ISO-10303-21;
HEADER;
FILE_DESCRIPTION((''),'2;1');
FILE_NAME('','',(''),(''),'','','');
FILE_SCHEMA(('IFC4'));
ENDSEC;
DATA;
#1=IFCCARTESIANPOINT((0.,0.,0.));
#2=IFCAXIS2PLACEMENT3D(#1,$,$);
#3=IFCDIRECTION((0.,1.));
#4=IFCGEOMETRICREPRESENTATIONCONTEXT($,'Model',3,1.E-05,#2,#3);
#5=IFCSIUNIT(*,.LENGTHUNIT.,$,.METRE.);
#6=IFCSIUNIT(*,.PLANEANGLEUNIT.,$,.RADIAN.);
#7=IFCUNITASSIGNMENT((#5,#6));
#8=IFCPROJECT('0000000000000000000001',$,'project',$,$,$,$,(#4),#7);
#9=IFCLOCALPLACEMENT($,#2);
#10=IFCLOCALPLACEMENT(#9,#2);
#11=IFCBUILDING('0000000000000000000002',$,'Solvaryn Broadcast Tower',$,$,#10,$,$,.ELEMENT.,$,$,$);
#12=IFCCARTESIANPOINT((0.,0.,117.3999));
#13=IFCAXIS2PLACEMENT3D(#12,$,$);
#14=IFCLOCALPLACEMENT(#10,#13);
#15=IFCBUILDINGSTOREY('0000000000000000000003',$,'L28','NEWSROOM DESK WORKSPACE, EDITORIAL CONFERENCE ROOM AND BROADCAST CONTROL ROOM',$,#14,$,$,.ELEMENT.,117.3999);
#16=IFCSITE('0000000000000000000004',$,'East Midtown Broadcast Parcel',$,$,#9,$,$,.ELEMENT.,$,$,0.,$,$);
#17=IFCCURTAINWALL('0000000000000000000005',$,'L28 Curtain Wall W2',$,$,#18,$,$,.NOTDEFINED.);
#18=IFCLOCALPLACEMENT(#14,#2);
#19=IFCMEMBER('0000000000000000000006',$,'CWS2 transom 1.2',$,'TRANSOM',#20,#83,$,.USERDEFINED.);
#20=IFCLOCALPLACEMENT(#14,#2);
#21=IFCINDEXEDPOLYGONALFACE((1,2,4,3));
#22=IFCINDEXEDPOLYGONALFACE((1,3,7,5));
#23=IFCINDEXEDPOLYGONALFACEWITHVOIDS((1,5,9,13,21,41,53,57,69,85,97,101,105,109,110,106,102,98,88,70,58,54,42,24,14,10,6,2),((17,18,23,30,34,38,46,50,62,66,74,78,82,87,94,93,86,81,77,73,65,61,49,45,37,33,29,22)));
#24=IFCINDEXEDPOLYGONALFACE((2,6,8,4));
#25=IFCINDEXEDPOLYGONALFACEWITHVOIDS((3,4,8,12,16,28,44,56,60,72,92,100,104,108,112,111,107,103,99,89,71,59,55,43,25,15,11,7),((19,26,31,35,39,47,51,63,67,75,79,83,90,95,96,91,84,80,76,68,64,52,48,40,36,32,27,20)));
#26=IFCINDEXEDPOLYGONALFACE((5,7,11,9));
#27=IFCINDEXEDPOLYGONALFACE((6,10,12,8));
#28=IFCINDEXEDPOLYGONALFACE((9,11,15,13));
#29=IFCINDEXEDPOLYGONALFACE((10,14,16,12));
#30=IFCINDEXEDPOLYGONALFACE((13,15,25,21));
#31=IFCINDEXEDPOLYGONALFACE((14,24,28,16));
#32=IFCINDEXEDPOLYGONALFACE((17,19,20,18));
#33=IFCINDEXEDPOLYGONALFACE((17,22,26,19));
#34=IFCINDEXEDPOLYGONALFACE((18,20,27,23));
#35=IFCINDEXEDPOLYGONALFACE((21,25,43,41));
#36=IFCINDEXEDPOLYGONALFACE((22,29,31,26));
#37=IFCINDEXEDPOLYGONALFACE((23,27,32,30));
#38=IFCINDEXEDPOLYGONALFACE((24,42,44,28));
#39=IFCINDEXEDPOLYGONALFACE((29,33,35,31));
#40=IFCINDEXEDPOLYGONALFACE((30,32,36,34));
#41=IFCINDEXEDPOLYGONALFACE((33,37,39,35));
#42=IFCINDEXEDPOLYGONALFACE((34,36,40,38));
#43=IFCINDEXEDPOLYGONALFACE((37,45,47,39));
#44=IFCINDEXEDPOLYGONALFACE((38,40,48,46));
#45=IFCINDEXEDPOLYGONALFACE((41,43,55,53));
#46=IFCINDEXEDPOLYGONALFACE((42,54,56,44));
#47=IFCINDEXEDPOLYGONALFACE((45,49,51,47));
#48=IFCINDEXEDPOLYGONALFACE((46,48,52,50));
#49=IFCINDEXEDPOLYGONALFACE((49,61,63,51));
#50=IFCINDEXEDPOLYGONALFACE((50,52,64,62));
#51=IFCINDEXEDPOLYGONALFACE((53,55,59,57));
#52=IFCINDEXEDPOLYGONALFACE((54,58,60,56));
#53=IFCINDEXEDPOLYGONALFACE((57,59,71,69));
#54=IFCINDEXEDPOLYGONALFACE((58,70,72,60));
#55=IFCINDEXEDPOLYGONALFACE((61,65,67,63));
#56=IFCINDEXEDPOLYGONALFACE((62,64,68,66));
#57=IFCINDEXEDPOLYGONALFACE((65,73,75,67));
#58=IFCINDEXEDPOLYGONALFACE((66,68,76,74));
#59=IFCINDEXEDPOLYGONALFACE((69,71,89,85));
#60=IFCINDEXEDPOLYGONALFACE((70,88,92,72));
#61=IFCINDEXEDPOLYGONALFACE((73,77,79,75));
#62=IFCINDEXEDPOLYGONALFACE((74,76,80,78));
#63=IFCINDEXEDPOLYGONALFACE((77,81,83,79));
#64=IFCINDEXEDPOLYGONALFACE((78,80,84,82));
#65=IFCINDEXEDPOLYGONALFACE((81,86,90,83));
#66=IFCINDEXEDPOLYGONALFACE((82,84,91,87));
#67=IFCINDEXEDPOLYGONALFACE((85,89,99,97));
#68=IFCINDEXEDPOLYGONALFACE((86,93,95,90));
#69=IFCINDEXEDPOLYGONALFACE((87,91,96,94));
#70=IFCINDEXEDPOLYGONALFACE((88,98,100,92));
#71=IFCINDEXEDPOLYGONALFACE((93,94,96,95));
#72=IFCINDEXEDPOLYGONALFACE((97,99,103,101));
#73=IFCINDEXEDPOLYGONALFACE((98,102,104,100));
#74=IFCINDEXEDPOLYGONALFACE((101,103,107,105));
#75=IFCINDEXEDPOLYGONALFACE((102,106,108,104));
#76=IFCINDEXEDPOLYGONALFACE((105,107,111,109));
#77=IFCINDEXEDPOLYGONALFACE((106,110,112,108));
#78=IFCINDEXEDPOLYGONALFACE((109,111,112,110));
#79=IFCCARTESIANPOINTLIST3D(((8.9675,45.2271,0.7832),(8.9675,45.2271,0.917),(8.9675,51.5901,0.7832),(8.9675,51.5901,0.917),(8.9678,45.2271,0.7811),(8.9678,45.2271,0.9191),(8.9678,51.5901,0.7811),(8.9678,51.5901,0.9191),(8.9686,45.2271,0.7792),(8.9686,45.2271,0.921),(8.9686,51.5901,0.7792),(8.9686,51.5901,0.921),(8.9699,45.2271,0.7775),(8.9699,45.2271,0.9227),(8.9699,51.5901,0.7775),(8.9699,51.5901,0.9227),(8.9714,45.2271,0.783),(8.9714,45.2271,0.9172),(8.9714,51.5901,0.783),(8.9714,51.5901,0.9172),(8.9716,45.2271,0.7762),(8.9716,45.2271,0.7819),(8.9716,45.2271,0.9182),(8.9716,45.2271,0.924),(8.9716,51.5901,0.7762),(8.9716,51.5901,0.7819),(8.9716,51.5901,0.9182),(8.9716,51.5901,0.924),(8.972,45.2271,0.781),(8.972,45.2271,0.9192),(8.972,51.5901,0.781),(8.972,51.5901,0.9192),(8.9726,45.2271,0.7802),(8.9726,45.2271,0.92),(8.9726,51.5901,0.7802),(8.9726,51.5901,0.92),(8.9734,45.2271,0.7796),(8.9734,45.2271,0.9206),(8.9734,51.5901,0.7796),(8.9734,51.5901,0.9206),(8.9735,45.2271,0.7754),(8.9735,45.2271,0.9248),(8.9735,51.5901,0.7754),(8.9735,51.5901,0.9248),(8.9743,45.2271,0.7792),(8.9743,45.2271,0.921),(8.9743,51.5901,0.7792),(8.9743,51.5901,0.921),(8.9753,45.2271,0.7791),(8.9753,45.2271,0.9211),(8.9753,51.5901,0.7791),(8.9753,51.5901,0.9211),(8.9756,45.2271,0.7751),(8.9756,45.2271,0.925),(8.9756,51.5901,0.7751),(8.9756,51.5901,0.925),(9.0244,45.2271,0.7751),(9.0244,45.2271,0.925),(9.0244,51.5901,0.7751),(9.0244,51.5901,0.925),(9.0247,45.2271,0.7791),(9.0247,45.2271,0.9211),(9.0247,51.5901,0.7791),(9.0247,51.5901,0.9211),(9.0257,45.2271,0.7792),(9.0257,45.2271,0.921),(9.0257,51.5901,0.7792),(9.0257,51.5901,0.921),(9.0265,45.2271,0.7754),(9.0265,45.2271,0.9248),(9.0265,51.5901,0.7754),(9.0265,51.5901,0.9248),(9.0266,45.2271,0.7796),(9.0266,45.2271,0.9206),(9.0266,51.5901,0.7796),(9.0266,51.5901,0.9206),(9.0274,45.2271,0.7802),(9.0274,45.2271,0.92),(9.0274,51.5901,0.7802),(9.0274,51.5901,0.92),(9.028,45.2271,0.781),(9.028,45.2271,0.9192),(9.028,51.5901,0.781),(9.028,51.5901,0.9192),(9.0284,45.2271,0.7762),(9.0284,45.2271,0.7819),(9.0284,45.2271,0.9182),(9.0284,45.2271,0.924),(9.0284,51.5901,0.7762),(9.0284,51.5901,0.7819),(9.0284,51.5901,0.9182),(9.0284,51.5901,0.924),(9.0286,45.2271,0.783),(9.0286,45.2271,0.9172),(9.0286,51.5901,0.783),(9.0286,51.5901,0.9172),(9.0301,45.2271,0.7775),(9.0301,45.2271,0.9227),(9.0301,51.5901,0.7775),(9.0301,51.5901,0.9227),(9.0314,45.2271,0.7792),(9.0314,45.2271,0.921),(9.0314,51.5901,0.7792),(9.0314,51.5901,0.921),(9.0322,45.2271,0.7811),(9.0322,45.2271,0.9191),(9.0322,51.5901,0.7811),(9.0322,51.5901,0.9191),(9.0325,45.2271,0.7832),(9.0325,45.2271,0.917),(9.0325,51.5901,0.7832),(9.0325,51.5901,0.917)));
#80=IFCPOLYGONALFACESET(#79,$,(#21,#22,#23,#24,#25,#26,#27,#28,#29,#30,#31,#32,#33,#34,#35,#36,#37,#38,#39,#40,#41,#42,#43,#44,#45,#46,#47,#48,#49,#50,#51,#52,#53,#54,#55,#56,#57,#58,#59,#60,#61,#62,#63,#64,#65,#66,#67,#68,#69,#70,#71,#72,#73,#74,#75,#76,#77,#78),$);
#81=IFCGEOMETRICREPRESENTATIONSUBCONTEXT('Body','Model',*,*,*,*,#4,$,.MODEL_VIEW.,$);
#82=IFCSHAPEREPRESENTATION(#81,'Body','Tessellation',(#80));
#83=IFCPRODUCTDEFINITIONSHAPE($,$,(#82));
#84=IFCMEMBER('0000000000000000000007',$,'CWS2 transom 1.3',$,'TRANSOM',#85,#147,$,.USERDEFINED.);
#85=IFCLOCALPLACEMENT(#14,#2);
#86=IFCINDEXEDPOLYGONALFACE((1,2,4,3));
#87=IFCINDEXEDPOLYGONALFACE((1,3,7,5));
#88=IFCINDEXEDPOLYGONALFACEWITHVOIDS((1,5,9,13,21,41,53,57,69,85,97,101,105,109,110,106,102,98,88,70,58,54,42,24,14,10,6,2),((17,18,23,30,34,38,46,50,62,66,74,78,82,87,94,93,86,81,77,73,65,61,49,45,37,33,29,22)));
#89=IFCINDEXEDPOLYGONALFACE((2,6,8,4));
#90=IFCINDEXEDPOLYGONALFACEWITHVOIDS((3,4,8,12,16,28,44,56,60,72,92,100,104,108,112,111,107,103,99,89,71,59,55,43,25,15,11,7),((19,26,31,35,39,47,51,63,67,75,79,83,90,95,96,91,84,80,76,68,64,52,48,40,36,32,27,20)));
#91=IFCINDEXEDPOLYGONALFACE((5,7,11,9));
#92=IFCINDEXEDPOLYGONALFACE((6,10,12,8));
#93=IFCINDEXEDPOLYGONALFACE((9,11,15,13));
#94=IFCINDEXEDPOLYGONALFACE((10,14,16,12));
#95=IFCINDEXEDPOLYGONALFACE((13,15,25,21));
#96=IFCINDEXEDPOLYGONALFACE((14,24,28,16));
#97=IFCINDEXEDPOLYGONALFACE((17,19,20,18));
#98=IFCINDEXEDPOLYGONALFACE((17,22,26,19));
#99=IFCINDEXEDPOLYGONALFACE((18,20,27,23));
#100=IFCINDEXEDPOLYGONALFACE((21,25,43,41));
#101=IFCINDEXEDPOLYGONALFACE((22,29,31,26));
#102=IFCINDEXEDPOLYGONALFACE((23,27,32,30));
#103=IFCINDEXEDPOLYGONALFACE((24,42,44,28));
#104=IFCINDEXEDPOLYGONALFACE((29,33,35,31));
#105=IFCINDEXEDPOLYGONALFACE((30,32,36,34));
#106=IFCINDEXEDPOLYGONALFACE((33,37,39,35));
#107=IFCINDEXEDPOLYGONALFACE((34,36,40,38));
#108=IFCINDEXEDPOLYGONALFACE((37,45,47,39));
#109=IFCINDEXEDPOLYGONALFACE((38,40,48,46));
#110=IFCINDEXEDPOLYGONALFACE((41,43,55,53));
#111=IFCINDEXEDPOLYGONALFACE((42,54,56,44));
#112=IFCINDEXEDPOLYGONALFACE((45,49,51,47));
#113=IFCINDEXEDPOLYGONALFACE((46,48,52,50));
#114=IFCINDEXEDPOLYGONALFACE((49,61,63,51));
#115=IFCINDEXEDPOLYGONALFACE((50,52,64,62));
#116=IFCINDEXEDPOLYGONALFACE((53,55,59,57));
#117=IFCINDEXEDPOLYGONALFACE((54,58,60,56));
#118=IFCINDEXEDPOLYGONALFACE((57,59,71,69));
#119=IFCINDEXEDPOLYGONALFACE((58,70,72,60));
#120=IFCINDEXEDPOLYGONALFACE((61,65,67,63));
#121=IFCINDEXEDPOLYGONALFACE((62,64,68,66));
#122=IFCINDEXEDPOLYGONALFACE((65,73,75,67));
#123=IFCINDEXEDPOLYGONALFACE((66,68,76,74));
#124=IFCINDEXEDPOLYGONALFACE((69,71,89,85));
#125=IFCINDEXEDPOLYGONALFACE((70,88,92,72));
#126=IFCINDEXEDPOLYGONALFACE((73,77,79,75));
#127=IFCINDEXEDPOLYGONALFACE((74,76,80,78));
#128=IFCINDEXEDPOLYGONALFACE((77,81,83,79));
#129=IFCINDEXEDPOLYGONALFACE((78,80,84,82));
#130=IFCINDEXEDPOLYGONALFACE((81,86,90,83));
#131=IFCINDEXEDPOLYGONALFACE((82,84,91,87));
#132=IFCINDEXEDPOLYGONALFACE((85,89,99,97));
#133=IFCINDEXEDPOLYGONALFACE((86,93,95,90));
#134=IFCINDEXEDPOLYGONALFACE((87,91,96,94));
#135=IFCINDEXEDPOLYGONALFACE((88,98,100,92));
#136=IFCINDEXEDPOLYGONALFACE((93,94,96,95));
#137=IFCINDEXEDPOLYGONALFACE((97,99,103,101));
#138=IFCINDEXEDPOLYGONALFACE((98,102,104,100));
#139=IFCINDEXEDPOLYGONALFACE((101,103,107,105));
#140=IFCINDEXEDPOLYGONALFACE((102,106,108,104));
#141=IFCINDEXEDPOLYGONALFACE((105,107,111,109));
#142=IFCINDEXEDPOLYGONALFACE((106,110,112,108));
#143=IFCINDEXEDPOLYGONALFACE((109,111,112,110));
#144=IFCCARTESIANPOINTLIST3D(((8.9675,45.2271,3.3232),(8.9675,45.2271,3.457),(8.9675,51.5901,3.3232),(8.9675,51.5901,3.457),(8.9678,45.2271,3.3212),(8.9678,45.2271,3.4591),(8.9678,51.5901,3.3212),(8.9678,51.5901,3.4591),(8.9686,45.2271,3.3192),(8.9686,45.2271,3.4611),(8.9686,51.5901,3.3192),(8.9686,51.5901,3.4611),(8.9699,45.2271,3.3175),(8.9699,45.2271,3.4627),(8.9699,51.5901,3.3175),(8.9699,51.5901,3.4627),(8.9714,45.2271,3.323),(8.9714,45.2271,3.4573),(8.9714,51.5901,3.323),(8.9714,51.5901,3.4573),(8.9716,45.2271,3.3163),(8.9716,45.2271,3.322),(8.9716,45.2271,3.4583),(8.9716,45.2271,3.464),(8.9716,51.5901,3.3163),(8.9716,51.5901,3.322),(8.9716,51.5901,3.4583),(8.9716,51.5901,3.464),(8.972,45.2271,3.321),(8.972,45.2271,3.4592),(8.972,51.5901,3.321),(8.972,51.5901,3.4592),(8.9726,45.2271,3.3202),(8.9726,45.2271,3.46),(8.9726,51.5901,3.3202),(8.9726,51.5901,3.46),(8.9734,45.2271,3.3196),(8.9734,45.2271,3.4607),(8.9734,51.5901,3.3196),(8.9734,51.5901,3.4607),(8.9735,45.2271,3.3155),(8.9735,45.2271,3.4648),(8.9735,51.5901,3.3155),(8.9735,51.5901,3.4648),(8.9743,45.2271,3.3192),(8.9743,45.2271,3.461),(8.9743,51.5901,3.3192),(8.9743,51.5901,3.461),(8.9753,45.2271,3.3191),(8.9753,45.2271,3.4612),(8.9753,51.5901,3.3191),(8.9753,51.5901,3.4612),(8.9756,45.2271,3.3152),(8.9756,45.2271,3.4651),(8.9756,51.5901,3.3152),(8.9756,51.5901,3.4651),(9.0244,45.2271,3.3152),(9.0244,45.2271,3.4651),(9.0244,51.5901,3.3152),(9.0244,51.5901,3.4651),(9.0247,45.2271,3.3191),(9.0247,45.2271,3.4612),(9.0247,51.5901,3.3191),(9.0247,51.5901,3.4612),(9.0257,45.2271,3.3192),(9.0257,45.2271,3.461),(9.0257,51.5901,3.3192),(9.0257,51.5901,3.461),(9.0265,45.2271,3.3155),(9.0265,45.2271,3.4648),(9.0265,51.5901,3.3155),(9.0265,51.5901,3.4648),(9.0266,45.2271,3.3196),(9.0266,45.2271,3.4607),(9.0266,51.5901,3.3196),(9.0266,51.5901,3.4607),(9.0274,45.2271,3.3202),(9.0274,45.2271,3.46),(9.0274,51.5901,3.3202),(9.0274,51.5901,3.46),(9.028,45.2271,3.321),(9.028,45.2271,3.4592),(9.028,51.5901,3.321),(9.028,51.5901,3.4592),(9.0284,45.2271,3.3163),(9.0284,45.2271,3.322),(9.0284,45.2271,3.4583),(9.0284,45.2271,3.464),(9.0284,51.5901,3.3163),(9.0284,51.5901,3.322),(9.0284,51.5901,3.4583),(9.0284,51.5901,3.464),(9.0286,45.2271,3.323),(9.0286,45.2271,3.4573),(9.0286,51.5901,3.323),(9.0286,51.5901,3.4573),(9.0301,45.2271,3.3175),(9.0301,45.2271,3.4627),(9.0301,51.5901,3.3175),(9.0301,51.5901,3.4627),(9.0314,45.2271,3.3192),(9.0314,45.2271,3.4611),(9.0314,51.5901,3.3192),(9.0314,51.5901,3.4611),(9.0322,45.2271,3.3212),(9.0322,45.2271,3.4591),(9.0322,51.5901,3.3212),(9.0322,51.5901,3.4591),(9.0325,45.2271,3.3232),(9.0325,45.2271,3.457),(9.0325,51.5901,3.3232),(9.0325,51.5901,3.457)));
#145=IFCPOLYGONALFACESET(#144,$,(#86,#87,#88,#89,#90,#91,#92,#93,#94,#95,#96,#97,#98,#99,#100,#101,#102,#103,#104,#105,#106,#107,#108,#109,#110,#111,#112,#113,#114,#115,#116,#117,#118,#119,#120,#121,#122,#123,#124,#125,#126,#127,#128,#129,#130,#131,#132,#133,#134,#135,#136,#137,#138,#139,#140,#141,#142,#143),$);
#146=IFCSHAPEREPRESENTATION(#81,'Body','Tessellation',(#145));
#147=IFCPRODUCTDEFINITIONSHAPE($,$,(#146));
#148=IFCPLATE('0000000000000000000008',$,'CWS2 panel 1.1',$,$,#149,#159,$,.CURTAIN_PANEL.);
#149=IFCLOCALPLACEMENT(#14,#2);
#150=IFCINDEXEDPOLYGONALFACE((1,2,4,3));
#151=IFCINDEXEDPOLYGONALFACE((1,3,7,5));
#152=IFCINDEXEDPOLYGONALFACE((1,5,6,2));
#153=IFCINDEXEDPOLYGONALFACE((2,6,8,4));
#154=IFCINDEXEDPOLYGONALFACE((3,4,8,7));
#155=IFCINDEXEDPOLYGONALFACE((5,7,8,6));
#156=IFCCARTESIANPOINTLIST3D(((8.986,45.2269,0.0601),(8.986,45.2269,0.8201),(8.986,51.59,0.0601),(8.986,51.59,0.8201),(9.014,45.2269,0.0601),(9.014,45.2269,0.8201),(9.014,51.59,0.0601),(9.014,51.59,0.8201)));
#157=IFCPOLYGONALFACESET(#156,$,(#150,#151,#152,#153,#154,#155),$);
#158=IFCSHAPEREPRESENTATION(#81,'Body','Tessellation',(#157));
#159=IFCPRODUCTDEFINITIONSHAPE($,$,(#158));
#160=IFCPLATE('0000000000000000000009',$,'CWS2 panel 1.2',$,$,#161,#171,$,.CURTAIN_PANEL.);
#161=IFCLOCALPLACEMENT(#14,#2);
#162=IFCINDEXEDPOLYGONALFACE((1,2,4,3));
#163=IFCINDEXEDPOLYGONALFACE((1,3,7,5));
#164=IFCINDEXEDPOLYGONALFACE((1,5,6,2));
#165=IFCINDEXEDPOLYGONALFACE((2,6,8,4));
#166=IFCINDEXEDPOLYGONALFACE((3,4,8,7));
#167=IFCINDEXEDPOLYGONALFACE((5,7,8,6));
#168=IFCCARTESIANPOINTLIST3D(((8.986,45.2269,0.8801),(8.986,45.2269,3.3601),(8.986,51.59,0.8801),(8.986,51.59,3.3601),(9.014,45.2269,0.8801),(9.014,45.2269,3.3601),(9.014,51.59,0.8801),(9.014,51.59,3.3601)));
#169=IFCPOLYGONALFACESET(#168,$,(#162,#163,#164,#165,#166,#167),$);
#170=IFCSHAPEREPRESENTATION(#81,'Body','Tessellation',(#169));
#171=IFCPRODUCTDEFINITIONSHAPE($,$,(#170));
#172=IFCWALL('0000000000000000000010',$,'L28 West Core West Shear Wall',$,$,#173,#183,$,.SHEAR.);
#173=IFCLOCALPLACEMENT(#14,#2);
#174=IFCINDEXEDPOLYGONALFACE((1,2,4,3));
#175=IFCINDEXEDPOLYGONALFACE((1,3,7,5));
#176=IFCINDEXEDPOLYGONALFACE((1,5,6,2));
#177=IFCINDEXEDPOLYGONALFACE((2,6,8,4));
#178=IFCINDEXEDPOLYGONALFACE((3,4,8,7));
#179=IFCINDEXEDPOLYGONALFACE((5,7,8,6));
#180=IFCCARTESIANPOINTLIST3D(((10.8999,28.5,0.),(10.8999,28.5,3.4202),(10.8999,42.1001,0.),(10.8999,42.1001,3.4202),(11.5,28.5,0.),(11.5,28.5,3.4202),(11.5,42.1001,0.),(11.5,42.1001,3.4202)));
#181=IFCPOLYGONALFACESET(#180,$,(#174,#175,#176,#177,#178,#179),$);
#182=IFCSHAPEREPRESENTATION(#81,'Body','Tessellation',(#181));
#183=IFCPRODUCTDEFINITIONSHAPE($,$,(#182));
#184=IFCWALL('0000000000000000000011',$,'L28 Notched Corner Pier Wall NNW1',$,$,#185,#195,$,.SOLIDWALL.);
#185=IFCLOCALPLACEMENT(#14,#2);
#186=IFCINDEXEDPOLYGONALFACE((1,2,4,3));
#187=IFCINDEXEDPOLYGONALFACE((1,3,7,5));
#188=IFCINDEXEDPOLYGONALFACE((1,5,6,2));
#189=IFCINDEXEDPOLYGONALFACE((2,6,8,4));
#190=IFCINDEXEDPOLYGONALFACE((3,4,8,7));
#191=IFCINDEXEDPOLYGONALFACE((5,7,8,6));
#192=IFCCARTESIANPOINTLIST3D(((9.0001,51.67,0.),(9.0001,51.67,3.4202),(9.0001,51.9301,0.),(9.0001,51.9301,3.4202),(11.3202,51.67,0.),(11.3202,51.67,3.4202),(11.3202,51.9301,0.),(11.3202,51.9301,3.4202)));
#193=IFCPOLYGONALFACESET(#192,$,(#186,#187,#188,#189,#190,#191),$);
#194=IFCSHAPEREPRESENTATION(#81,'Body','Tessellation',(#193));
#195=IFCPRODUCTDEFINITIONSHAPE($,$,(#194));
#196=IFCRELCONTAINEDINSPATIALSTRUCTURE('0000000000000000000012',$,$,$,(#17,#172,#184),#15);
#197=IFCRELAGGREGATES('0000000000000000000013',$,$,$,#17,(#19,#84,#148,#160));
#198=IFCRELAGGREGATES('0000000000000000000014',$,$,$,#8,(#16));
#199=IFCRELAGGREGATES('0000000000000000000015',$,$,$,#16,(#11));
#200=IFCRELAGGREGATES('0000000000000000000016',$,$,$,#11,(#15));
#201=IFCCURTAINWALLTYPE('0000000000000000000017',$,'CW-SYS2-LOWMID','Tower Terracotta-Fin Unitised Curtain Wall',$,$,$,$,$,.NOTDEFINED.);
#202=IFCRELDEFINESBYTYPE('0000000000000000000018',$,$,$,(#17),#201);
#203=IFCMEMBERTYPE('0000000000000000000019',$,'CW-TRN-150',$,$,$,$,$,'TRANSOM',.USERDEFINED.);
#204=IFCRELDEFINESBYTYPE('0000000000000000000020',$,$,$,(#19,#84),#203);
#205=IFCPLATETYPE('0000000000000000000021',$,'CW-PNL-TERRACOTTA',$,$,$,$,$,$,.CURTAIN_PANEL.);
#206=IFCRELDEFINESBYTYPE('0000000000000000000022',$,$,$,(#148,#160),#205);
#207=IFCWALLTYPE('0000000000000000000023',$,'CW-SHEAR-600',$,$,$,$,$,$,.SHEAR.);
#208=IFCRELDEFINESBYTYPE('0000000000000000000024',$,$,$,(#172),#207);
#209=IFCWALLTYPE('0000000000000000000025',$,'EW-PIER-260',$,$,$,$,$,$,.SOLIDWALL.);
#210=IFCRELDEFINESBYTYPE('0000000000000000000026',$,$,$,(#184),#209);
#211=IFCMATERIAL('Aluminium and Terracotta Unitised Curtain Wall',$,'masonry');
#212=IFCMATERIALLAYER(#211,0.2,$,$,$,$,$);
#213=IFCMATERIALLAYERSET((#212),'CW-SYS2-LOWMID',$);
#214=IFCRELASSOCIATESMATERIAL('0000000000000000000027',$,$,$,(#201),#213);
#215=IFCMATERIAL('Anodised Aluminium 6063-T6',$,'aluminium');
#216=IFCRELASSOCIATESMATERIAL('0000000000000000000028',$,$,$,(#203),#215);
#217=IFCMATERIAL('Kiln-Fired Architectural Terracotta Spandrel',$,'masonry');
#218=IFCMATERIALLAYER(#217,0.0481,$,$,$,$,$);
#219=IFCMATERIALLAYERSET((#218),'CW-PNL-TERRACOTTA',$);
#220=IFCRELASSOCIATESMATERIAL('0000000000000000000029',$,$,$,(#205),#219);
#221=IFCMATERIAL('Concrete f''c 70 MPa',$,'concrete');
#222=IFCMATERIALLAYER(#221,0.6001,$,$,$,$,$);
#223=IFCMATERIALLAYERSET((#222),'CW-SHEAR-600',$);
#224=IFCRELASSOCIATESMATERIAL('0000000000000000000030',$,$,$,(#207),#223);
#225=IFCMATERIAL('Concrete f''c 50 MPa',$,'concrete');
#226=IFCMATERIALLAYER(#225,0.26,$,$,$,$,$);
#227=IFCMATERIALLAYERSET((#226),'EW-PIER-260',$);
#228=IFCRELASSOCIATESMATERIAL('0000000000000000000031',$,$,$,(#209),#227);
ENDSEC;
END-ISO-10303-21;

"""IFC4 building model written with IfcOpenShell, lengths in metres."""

from ifc_helpers import new_model, si_unit, direction, frame, frame_2d, origin, origin_2d, place, context, subcontext, project, spatial, rectangle, hollow_rectangle, extrude, material, layer, layer_set, material_profile, profile_set, type_object, element, aggregate, save


model = new_model("IFC4")

# Units and contexts
model_context = context("Model", 3, precision=1e-05, world=origin(), true_north=direction((0.0, 1.0)))
body_context = subcontext(model_context, "Body", "Model", "MODEL_VIEW")
ifc_project = project(units=[si_unit("LENGTHUNIT", "METRE"), si_unit("PLANEANGLEUNIT", "RADIAN")], contexts=[model_context])

# Site, building, storey
site_placement = place(None, origin())
site = spatial("IfcSite", under=ifc_project, at=site_placement, Name="East Midtown Broadcast Parcel", CompositionType="ELEMENT", RefElevation=0.0)
building_placement = place(site_placement, origin())
building = spatial("IfcBuilding", under=site, at=building_placement, Name="Solvaryn Broadcast Tower", CompositionType="ELEMENT")
storey_placement = place(building_placement, frame((0.0, 0.0, 117.3999)))
storey = spatial("IfcBuildingStorey", under=building, at=storey_placement, Name="L28", Description="NEWSROOM DESK WORKSPACE, EDITORIAL CONFERENCE ROOM AND BROADCAST CONTROL ROOM", CompositionType="ELEMENT", Elevation=117.3999)

# Shared definitions
ifc_material_1 = material(Name="Aluminium and Terracotta Unitised Curtain Wall", Category="masonry")
ifc_layer_1 = layer(ifc_material_1, 0.2)
ifc_layer_set_1 = layer_set([ifc_layer_1], Name="CW-SYS2-LOWMID")
curtain_wall_type = type_object("IfcCurtainWallType", Name="CW-SYS2-LOWMID", Description="Tower Terracotta-Fin Unitised Curtain Wall", PredefinedType="NOTDEFINED", material=ifc_layer_set_1)

# Curtain wall
curtain_wall_1_placement = place(storey_placement, origin())
curtain_wall_1 = element("IfcCurtainWall", 1, at=curtain_wall_1_placement, inside=storey, type_object=curtain_wall_type, Name="L28 Curtain Wall W2", PredefinedType="NOTDEFINED")

# Members
ifc_material_2 = material(Name="Anodised Aluminium 6063-T6", Category="aluminium")
ifc_material_profile_1 = material_profile(ifc_material_2, hollow_rectangle(XDim=0.0649, YDim=0.1499, WallThickness=0.0039, InnerFilletRadius=0.0039, OuterFilletRadius=0.0081, at=origin_2d()))
ifc_profile_set_1 = profile_set([ifc_material_profile_1], Name="Anodised Aluminium 6063-T6")
member_type_1 = type_object("IfcMemberType", Name="CW-TRN-150", ElementType="TRANSOM", PredefinedType="USERDEFINED", material=ifc_profile_set_1)
member_1_placement = place(storey_placement, frame((9.0, 45.2271, 0.8501), z_axis=(0.0, 1.0, 0.0), x_axis=(-1.0, 0.0, 0.0)))
member_1 = element("IfcMember", 2, at=member_1_placement, type_object=member_type_1, Name="CWS2 transom 1.2", ObjectType="TRANSOM", PredefinedType="USERDEFINED", context=body_context, shape_type="SweptSolid", body=[
    extrude(hollow_rectangle(XDim=0.0649, YDim=0.1499, WallThickness=0.0039, InnerFilletRadius=0.0039, OuterFilletRadius=0.0081, at=origin_2d()), origin(), (0.0, 0.0, 1.0), 6.363),
])
member_2_placement = place(storey_placement, frame((9.0, 45.2271, 3.3901), z_axis=(0.0, 1.0, 0.0), x_axis=(-1.0, 0.0, 0.0)))
member_2 = element("IfcMember", 3, at=member_2_placement, type_object=member_type_1, Name="CWS2 transom 1.3", ObjectType="TRANSOM", PredefinedType="USERDEFINED", context=body_context, shape_type="SweptSolid", body=[
    extrude(hollow_rectangle(XDim=0.0649, YDim=0.1499, WallThickness=0.0039, InnerFilletRadius=0.0039, OuterFilletRadius=0.0081, at=origin_2d()), origin(), (0.0, 0.0, 1.0), 6.363),
])

# Plates
ifc_material_3 = material(Name="Kiln-Fired Architectural Terracotta Spandrel", Category="masonry")
ifc_layer_2 = layer(ifc_material_3, 0.0481)
ifc_layer_set_2 = layer_set([ifc_layer_2], Name="CW-PNL-TERRACOTTA")
plate_type = type_object("IfcPlateType", Name="CW-PNL-TERRACOTTA", PredefinedType="CURTAIN_PANEL", material=ifc_layer_set_2)
plate_1_placement = place(storey_placement, frame((9.0, 48.4084, 0.0601), z_axis=(0.0, 0.0, 1.0), x_axis=(0.0, 1.0, 0.0)))
plate_1 = element("IfcPlate", 4, at=plate_1_placement, type_object=plate_type, Name="CWS2 panel 1.1", PredefinedType="CURTAIN_PANEL", context=body_context, shape_type="SweptSolid", body=[
    extrude(rectangle(XDim=6.363, YDim=0.0281, at=origin_2d()), origin(), (0.0, 0.0, 1.0), 0.76),
])
plate_2_placement = place(storey_placement, frame((9.0, 48.4084, 0.8801), z_axis=(0.0, 0.0, 1.0), x_axis=(0.0, 1.0, 0.0)))
plate_2 = element("IfcPlate", 5, at=plate_2_placement, type_object=plate_type, Name="CWS2 panel 1.2", PredefinedType="CURTAIN_PANEL", context=body_context, shape_type="SweptSolid", body=[
    extrude(rectangle(XDim=6.363, YDim=0.0281, at=origin_2d()), origin(), (0.0, 0.0, 1.0), 2.48),
])
aggregate(curtain_wall_1, [member_1, member_2, plate_1, plate_2])

# Walls
ifc_material_4 = material(Name="Concrete f'c 70 MPa", Category="concrete")
ifc_layer_3 = layer(ifc_material_4, 0.6001)
ifc_layer_set_3 = layer_set([ifc_layer_3], Name="CW-SHEAR-600")
wall_type_1 = type_object("IfcWallType", Name="CW-SHEAR-600", PredefinedType="SHEAR", material=ifc_layer_set_3)
wall_1_placement = place(storey_placement, frame((11.2, 42.1001, 0.0), z_axis=(0.0, 0.0, 1.0), x_axis=(0.0, -1.0, 0.0)))
element("IfcWall", 6, at=wall_1_placement, inside=storey, type_object=wall_type_1, Name="L28 West Core West Shear Wall", PredefinedType="SHEAR", context=body_context, shape_type="SweptSolid", body=[
    extrude(rectangle(XDim=13.6001, YDim=0.6001, at=frame_2d((6.8, 0.0))), origin(), (0.0, 0.0, 1.0), 3.4202),
])
ifc_material_5 = material(Name="Concrete f'c 50 MPa", Category="concrete")
ifc_layer_4 = layer(ifc_material_5, 0.26)
ifc_layer_set_4 = layer_set([ifc_layer_4], Name="EW-PIER-260")
wall_type_2 = type_object("IfcWallType", Name="EW-PIER-260", PredefinedType="SOLIDWALL", material=ifc_layer_set_4)
wall_2_placement = place(storey_placement, frame((9.0, 51.8, 0.0), z_axis=(0.0, 0.0, 1.0), x_axis=(1.0, 0.0, 0.0)))
element("IfcWall", 7, at=wall_2_placement, inside=storey, type_object=wall_type_2, Name="L28 Notched Corner Pier Wall NNW1", PredefinedType="SOLIDWALL", context=body_context, shape_type="SweptSolid", body=[
    extrude(rectangle(XDim=2.3201, YDim=0.26, at=frame_2d((1.1602, 0.0))), origin(), (0.0, 0.0, 1.0), 3.4202),
])

save(model, "model.ifc")
